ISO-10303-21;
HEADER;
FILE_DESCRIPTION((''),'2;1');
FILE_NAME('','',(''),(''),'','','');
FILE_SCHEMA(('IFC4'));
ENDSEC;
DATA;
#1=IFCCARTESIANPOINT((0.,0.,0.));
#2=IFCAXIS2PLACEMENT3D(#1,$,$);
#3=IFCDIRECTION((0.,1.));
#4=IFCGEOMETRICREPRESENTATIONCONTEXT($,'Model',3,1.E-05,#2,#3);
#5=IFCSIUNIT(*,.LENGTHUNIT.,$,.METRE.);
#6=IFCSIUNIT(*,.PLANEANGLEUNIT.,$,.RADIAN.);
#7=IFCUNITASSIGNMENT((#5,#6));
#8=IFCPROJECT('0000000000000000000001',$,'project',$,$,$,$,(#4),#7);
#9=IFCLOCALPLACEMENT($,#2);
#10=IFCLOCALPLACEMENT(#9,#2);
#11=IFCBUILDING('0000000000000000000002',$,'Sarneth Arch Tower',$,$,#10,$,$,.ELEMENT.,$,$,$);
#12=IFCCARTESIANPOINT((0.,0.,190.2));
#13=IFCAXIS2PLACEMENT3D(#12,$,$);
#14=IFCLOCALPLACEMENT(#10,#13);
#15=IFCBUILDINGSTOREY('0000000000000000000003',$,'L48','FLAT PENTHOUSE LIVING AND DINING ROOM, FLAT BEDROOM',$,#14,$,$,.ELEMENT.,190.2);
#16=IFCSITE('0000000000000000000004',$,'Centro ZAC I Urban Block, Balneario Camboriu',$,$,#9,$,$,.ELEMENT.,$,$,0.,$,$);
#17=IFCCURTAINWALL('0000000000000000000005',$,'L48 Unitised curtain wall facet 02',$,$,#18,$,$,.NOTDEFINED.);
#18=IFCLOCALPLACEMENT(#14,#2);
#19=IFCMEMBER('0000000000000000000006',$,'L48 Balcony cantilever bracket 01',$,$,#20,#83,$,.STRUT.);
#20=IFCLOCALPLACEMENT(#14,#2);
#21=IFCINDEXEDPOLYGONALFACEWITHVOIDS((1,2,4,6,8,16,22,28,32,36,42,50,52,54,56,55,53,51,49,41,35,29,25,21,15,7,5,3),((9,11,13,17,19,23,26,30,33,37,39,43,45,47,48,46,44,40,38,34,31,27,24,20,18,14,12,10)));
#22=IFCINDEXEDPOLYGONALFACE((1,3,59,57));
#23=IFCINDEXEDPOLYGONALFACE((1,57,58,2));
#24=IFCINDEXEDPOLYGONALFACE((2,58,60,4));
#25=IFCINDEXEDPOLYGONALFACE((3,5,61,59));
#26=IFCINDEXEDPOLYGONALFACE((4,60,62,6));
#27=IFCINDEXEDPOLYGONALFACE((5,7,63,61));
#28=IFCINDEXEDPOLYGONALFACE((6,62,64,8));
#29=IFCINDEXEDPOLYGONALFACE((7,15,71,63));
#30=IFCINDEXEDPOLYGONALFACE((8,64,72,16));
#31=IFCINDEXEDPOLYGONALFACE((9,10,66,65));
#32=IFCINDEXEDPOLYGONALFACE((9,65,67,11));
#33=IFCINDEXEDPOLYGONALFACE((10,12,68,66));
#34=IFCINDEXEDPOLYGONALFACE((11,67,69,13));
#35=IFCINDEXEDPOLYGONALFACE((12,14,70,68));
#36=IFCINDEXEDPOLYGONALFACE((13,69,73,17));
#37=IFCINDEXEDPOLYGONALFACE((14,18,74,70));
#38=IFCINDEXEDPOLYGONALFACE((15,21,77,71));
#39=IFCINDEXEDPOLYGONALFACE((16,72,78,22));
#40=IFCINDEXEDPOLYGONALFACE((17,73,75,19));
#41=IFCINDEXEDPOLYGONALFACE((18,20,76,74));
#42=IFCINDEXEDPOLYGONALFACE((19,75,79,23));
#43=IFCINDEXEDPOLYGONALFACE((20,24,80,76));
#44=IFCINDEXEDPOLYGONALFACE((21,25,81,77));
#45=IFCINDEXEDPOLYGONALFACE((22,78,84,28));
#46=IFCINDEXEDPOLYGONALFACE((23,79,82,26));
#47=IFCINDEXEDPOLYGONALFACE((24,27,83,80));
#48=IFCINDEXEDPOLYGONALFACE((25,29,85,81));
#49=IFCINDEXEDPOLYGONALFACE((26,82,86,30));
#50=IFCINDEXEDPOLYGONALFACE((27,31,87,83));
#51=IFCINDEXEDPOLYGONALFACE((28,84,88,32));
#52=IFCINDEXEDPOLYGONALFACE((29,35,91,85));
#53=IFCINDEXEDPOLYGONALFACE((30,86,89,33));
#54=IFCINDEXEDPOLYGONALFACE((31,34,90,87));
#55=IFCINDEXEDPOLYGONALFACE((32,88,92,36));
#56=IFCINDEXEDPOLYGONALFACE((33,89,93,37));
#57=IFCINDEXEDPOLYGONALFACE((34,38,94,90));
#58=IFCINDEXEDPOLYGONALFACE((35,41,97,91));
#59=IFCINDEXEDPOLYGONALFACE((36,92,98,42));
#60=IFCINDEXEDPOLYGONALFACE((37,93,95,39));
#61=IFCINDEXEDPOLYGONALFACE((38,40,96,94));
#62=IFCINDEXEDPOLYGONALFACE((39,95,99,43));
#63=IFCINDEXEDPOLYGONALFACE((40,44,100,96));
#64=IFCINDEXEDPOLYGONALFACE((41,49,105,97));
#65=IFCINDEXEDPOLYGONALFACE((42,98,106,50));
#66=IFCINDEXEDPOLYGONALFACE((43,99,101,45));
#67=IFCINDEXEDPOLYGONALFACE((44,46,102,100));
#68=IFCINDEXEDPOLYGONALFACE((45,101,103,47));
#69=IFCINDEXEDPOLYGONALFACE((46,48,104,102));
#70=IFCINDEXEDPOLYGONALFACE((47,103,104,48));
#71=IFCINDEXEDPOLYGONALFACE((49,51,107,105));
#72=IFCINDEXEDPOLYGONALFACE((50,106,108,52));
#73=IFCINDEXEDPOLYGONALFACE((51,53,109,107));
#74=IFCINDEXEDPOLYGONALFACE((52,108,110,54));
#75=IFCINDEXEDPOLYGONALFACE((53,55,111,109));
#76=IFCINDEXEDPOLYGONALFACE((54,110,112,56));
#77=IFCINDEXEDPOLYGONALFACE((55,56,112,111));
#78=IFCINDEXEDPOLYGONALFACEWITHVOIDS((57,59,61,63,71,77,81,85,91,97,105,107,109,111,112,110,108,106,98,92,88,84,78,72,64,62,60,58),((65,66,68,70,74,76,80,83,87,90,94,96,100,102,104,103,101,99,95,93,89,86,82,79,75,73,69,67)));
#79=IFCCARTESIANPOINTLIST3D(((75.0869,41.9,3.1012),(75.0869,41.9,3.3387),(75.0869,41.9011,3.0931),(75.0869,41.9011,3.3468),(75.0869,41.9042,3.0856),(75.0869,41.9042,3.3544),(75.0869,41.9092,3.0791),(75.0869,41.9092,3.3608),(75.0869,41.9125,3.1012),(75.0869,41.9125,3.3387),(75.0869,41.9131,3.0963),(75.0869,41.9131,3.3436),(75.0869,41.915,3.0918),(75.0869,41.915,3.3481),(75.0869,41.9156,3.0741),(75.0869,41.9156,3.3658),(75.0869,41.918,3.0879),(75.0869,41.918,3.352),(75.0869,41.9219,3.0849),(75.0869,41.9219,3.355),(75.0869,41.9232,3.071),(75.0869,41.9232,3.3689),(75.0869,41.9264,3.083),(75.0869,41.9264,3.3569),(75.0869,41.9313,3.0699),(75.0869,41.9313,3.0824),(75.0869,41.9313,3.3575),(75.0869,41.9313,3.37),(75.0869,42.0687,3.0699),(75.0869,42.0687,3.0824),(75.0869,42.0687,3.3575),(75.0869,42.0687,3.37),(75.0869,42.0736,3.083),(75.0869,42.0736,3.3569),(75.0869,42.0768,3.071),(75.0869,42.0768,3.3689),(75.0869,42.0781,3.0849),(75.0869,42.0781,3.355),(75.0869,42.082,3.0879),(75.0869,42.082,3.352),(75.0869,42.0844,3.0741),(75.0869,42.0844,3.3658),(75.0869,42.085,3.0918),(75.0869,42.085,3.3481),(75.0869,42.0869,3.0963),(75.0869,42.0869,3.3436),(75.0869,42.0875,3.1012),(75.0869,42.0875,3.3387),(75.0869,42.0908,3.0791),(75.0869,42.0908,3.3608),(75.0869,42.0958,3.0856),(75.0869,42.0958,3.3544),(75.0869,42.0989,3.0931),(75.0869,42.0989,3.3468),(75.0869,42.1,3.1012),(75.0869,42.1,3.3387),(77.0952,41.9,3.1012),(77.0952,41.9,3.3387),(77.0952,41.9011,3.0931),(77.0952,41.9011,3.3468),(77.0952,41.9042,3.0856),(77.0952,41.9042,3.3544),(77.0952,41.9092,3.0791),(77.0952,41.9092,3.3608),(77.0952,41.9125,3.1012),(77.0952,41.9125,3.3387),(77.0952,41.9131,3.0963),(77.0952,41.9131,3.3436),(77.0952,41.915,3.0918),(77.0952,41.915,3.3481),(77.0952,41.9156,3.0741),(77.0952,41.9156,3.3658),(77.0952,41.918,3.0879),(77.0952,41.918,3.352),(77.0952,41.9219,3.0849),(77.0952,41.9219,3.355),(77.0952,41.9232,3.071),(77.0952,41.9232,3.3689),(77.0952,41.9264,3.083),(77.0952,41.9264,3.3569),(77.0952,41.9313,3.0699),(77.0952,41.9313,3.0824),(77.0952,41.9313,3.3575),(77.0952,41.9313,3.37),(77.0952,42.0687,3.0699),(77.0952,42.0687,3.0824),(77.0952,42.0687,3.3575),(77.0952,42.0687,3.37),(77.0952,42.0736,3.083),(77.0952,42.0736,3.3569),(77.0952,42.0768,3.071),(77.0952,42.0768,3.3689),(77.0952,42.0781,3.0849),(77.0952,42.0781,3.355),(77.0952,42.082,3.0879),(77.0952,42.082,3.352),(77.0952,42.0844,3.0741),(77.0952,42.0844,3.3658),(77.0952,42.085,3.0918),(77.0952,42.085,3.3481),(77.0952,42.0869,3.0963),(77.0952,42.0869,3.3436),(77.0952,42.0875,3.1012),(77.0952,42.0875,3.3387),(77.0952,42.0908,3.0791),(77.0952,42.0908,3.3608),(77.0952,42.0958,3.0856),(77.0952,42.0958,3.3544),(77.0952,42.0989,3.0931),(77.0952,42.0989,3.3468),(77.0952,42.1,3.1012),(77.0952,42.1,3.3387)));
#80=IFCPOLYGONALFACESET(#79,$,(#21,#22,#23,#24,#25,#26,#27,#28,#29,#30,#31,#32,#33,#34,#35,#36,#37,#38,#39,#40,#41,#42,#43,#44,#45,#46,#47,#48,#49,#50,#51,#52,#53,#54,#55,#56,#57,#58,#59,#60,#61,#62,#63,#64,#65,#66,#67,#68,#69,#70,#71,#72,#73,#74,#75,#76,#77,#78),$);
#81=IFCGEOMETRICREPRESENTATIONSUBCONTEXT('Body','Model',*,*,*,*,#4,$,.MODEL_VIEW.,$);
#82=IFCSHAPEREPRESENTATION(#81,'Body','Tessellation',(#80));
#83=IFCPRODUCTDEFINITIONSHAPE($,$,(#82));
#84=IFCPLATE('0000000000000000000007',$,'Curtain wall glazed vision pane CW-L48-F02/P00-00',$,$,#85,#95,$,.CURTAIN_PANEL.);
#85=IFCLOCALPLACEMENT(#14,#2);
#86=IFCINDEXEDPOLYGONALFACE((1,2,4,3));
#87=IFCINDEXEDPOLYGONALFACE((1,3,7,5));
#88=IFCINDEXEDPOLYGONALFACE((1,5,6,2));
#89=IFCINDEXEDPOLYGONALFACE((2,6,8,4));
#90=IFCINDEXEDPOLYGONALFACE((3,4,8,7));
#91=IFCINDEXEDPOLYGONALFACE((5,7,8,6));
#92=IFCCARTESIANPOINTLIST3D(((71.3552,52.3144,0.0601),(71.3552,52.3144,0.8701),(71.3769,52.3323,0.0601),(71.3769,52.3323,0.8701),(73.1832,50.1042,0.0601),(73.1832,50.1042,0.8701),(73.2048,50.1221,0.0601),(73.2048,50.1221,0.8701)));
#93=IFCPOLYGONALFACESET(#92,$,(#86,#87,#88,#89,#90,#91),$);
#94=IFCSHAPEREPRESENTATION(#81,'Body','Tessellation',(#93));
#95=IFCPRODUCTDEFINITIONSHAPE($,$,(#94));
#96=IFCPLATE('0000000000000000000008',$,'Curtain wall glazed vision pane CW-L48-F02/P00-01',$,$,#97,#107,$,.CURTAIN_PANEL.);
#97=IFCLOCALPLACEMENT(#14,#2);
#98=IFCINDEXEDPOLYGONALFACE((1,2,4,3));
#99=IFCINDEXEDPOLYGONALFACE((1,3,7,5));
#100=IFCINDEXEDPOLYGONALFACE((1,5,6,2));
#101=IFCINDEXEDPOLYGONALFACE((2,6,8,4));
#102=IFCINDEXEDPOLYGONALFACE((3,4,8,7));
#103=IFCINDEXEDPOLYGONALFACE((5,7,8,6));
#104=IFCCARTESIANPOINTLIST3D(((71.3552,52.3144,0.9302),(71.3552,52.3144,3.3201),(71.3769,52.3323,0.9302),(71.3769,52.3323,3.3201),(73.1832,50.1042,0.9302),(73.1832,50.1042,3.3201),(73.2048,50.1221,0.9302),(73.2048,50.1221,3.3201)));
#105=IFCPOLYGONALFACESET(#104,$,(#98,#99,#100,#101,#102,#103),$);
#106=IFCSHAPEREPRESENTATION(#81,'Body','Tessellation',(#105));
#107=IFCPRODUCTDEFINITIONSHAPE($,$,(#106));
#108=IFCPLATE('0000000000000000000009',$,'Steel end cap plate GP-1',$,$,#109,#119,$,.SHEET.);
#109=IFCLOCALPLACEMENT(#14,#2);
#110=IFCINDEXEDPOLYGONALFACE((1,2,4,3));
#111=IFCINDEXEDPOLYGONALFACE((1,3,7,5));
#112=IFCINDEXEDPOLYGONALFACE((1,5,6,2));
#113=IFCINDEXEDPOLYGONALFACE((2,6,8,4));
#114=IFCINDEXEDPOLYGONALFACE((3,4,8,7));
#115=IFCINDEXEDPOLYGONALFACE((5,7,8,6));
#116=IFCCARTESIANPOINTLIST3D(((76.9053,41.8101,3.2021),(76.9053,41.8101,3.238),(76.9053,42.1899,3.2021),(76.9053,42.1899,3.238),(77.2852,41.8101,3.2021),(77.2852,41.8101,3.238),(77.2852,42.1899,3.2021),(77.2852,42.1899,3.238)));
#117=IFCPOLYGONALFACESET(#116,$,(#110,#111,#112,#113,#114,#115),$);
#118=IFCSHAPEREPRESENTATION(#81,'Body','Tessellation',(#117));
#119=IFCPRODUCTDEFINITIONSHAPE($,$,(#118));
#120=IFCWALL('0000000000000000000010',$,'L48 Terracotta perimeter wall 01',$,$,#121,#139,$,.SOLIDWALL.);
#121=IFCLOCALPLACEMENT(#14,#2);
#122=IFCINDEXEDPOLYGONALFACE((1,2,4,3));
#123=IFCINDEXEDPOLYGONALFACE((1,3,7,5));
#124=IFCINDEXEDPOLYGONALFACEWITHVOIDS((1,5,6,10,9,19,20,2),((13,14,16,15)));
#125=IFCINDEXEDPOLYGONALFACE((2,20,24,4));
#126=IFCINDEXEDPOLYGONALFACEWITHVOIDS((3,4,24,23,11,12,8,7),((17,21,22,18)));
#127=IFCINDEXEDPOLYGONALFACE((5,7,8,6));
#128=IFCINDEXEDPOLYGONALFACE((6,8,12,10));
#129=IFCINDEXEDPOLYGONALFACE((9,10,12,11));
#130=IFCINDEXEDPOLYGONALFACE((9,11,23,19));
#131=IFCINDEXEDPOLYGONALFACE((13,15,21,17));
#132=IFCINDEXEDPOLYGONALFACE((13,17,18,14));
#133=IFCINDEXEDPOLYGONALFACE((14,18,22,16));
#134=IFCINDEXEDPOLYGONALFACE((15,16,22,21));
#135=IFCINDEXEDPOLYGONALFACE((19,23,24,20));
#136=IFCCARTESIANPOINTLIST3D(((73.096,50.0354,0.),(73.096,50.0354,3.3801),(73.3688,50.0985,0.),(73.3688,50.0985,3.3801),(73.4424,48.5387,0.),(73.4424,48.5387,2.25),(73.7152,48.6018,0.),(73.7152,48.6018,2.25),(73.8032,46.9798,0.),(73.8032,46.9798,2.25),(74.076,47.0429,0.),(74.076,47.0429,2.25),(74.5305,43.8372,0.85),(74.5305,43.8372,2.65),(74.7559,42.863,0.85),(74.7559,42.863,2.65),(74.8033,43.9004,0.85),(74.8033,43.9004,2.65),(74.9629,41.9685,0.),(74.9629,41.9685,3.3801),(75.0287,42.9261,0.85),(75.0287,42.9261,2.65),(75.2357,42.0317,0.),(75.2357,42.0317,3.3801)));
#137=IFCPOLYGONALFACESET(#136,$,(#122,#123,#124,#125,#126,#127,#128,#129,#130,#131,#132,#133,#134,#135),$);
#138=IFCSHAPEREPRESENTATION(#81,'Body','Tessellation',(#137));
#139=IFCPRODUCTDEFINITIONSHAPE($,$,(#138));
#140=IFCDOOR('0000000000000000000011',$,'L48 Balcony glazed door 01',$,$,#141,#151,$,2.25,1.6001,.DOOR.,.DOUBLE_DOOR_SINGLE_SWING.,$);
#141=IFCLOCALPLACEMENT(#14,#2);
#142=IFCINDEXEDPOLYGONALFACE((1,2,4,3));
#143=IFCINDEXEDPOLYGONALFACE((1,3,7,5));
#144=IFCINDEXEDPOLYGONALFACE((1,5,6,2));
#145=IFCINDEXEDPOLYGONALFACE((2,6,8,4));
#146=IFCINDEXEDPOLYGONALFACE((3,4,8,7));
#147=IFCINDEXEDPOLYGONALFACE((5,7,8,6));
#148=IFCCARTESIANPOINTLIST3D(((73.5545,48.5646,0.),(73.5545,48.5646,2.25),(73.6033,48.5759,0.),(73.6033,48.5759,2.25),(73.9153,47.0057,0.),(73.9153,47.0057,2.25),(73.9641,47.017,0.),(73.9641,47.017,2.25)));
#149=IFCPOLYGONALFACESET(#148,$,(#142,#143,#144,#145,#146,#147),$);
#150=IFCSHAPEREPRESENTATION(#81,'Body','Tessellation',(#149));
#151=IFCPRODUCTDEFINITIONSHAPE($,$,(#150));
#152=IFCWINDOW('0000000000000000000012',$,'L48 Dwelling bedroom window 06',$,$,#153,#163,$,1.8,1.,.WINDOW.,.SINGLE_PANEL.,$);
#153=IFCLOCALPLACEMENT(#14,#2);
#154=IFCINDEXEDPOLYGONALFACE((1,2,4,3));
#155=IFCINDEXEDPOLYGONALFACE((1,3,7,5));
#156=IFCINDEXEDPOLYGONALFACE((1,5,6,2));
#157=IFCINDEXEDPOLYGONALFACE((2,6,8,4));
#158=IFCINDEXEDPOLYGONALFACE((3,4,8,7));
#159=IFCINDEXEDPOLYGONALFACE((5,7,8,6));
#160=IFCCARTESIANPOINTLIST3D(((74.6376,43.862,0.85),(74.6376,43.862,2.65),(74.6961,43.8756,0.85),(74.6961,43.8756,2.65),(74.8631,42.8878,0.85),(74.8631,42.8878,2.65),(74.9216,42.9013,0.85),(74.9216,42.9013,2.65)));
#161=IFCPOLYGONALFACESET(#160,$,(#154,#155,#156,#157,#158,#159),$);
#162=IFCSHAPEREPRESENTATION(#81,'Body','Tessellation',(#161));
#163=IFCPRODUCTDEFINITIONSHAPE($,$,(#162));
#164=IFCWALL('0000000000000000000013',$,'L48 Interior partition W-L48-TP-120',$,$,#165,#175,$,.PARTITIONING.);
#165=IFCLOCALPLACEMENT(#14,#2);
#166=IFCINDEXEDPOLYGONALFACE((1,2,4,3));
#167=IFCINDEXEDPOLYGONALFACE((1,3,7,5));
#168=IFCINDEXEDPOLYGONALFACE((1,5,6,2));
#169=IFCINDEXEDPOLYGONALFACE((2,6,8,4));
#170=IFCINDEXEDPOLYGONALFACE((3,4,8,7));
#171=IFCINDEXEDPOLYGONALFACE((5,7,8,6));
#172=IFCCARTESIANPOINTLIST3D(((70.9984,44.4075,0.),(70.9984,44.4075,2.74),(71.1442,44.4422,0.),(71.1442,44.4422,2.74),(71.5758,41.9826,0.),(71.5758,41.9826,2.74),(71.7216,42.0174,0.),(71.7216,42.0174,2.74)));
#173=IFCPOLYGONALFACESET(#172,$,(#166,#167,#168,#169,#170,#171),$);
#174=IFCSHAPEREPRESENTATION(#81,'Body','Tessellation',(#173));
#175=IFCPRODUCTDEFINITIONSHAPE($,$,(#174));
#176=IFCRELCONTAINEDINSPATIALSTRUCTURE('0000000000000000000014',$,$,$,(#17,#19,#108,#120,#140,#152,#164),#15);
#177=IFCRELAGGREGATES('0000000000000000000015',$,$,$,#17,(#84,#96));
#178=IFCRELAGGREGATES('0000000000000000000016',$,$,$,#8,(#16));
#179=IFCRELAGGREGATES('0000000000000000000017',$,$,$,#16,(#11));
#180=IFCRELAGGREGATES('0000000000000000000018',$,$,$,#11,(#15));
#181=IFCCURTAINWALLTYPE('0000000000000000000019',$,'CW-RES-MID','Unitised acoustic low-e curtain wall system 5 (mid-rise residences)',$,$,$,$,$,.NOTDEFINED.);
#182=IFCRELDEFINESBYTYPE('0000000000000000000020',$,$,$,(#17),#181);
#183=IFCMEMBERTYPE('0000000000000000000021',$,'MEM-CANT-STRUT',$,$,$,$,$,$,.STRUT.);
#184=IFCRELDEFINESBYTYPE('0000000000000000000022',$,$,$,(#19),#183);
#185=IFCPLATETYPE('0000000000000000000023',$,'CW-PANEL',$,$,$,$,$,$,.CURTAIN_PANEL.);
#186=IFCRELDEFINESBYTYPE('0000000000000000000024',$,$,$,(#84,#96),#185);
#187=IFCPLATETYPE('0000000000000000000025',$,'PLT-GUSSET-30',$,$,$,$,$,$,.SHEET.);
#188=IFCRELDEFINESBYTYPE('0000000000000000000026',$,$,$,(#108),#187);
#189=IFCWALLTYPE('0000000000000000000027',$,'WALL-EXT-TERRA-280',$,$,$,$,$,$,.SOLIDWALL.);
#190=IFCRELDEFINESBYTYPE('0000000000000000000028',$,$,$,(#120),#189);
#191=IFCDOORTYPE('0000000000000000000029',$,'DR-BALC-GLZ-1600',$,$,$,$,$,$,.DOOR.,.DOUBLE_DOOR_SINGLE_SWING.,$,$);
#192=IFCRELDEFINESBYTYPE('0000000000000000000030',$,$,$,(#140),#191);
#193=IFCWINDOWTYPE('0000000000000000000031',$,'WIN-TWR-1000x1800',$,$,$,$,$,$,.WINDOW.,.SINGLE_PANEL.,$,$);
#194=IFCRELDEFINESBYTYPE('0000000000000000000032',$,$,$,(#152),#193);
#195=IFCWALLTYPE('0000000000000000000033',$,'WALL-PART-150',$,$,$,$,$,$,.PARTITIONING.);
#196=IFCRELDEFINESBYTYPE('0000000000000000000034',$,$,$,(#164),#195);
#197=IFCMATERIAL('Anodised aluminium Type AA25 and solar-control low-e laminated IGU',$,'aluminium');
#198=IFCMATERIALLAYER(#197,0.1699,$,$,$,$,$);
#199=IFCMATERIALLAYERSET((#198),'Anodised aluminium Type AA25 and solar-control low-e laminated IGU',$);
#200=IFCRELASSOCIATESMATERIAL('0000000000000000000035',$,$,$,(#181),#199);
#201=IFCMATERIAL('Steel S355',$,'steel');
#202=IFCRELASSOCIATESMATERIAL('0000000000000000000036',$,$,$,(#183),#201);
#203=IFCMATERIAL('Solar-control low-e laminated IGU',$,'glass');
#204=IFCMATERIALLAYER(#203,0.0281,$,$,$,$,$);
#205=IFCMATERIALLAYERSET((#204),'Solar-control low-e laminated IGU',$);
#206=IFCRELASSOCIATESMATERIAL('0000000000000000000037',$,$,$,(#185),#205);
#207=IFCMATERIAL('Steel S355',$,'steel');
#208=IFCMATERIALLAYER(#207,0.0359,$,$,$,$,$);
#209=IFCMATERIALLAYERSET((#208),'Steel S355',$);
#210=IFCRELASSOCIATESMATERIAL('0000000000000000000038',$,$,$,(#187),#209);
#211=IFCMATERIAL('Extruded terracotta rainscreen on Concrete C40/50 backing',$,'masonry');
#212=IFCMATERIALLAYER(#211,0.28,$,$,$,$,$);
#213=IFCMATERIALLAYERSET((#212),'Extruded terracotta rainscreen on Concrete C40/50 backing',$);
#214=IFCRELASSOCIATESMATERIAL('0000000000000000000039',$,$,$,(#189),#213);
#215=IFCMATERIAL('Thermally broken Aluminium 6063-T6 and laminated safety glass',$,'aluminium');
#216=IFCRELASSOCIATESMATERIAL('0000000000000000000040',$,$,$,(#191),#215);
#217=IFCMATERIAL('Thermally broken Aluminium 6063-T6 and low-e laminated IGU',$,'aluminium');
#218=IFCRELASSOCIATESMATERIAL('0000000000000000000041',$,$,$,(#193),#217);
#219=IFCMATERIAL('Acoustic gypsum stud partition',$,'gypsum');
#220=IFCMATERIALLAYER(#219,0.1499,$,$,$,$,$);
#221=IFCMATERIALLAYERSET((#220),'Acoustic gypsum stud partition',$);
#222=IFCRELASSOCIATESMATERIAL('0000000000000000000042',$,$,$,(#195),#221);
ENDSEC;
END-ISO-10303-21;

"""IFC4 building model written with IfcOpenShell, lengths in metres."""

from ifc_helpers import new_model, si_unit, direction, frame, frame_2d, origin, origin_2d, place, context, subcontext, project, spatial, rectangle, hollow_rectangle, extrude, material, layer, layer_set, material_profile, profile_set, type_object, element, fill, aggregate, save


model = new_model("IFC4")

# Units and contexts
model_context = context("Model", 3, precision=1e-05, world=origin(), true_north=direction((0.0, 1.0)))
body_context = subcontext(model_context, "Body", "Model", "MODEL_VIEW")
ifc_project = project(units=[si_unit("LENGTHUNIT", "METRE"), si_unit("PLANEANGLEUNIT", "RADIAN")], contexts=[model_context])

# Site, building, storey
site_placement = place(None, origin())
site = spatial("IfcSite", under=ifc_project, at=site_placement, Name="Centro ZAC I Urban Block, Balneario Camboriu", CompositionType="ELEMENT", RefElevation=0.0)
building_placement = place(site_placement, origin())
building = spatial("IfcBuilding", under=site, at=building_placement, Name="Sarneth Arch Tower", CompositionType="ELEMENT")
storey_placement = place(building_placement, frame((0.0, 0.0, 190.2)))
storey = spatial("IfcBuildingStorey", under=building, at=storey_placement, Name="L48", Description="FLAT PENTHOUSE LIVING AND DINING ROOM, FLAT BEDROOM", CompositionType="ELEMENT", Elevation=190.2)

# Curtain wall
ifc_material_1 = material(Name="Anodised aluminium Type AA25 and solar-control low-e laminated IGU", Category="aluminium")
ifc_layer_1 = layer(ifc_material_1, 0.1699)
ifc_layer_set_1 = layer_set([ifc_layer_1], Name="Anodised aluminium Type AA25 and solar-control low-e laminated IGU")
curtain_wall_type = type_object("IfcCurtainWallType", Name="CW-RES-MID", Description="Unitised acoustic low-e curtain wall system 5 (mid-rise residences)", PredefinedType="NOTDEFINED", material=ifc_layer_set_1)
curtain_wall_placement = place(storey_placement, origin())
curtain_wall = element("IfcCurtainWall", 1, at=curtain_wall_placement, inside=storey, type_object=curtain_wall_type, Name="L48 Unitised curtain wall facet 02", PredefinedType="NOTDEFINED")

# Member
ifc_material_2 = material(Name="Steel S355", Category="steel")
ifc_material_profile_1 = material_profile(ifc_material_2, hollow_rectangle(XDim=0.2, YDim=0.3, WallThickness=0.0125, InnerFilletRadius=0.0188, OuterFilletRadius=0.0312, at=origin_2d()), Name="RHS300x200x12.5")
ifc_profile_set_1 = profile_set([ifc_material_profile_1], Name="Steel S355")
member_type_1 = type_object("IfcMemberType", Name="MEM-CANT-STRUT", PredefinedType="STRUT", material=ifc_profile_set_1)
member_1_placement = place(storey_placement, frame((75.0869, 42.0, 3.22), z_axis=(1.0, 0.0, 0.0), x_axis=(0.0, 1.0, 0.0)))
element("IfcMember", 2, at=member_1_placement, inside=storey, type_object=member_type_1, Name="L48 Balcony cantilever bracket 01", PredefinedType="STRUT", context=body_context, shape_type="SweptSolid", body=[
    extrude(hollow_rectangle(XDim=0.2, YDim=0.3, WallThickness=0.0125, InnerFilletRadius=0.0188, OuterFilletRadius=0.0312, at=origin_2d()), origin(), (0.0, 0.0, 1.0), 2.0083),
])

# Plates
ifc_material_3 = material(Name="Solar-control low-e laminated IGU", Category="glass")
ifc_layer_2 = layer(ifc_material_3, 0.0281)
ifc_layer_set_2 = layer_set([ifc_layer_2], Name="Solar-control low-e laminated IGU")
plate_type_1 = type_object("IfcPlateType", Name="CW-PANEL", PredefinedType="CURTAIN_PANEL", material=ifc_layer_set_2)
plate_1_placement = place(storey_placement, frame((72.28, 51.2183, 0.0601), z_axis=(0.0, 0.0, 1.0), x_axis=(-0.63733, 0.770591, 0.0)))
plate_1 = element("IfcPlate", 3, at=plate_1_placement, type_object=plate_type_1, Name="Curtain wall glazed vision pane CW-L48-F02/P00-00", PredefinedType="CURTAIN_PANEL", context=body_context, shape_type="SweptSolid", body=[
    extrude(rectangle(XDim=2.8682, YDim=0.0281, at=origin_2d()), origin(), (0.0, 0.0, 1.0), 0.8101),
])
plate_2_placement = place(storey_placement, frame((72.28, 51.2183, 0.9302), z_axis=(0.0, 0.0, 1.0), x_axis=(-0.63733, 0.770591, 0.0)))
plate_2 = element("IfcPlate", 4, at=plate_2_placement, type_object=plate_type_1, Name="Curtain wall glazed vision pane CW-L48-F02/P00-01", PredefinedType="CURTAIN_PANEL", context=body_context, shape_type="SweptSolid", body=[
    extrude(rectangle(XDim=2.8682, YDim=0.0281, at=origin_2d()), origin(), (0.0, 0.0, 1.0), 2.3899),
])
aggregate(curtain_wall, [plate_1, plate_2])
ifc_material_4 = material(Name="Steel S355", Category="steel")
ifc_layer_3 = layer(ifc_material_4, 0.0359)
ifc_layer_set_3 = layer_set([ifc_layer_3], Name="Steel S355")
plate_type_2 = type_object("IfcPlateType", Name="PLT-GUSSET-30", PredefinedType="SHEET", material=ifc_layer_set_3)
plate_3_placement = place(storey_placement, frame((77.0952, 42.0, 3.2021), z_axis=(0.0, 0.0, 1.0), x_axis=(1.0, 0.0, 0.0)))
element("IfcPlate", 5, at=plate_3_placement, inside=storey, type_object=plate_type_2, Name="Steel end cap plate GP-1", PredefinedType="SHEET", context=body_context, shape_type="SweptSolid", body=[
    extrude(rectangle(XDim=0.3799, YDim=0.3799, at=origin_2d()), origin(), (0.0, 0.0, 1.0), 0.0359),
])

# Wall, openings, door, window
ifc_material_5 = material(Name="Extruded terracotta rainscreen on Concrete C40/50 backing", Category="masonry")
ifc_layer_4 = layer(ifc_material_5, 0.28)
ifc_layer_set_4 = layer_set([ifc_layer_4], Name="Extruded terracotta rainscreen on Concrete C40/50 backing")
wall_type_1 = type_object("IfcWallType", Name="WALL-EXT-TERRA-280", PredefinedType="SOLIDWALL", material=ifc_layer_set_4)
wall_1_placement = place(storey_placement, frame((75.0994, 42.0, 0.0), z_axis=(0.0, 0.0, 1.0), x_axis=(-0.225473, 0.974249, 0.0)))
wall_1 = element("IfcWall", 6, at=wall_1_placement, inside=storey, type_object=wall_type_1, Name="L48 Terracotta perimeter wall 01", PredefinedType="SOLIDWALL", context=body_context, shape_type="SweptSolid", body=[
    extrude(rectangle(XDim=8.28, YDim=0.28, at=frame_2d((4.1401, 0.0))), origin(), (0.0, 0.0, 1.0), 3.3801),
])
opening_1_placement = place(wall_1_placement, frame((5.1438, 0.0, 0.0)))
opening_1 = element("IfcOpeningElement", 7, at=opening_1_placement, cuts=wall_1, PredefinedType="OPENING", context=body_context, shape_type="SweptSolid", body=[
    extrude(rectangle(XDim=1.6001, YDim=2.25, at=frame_2d((0.8, 1.125))), frame((0.0, 0.1499, 0.0), z_axis=(0.0, -1.0, 0.0), x_axis=(1.0, 0.0, 0.0)), (0.0, 0.0, 1.0), 0.3),
])
opening_2_placement = place(wall_1_placement, frame((0.9182, 0.0, 0.8501)))
opening_2 = element("IfcOpeningElement", 8, at=opening_2_placement, cuts=wall_1, PredefinedType="OPENING", context=body_context, shape_type="SweptSolid", body=[
    extrude(rectangle(XDim=1.0, YDim=1.8, at=frame_2d((0.5, 0.8999))), frame((0.0, 0.1499, 0.0), z_axis=(0.0, -1.0, 0.0), x_axis=(1.0, 0.0, 0.0)), (0.0, 0.0, 1.0), 0.3),
])
ifc_material_6 = material(Name="Thermally broken Aluminium 6063-T6 and laminated safety glass", Category="aluminium")
door_type_1 = type_object("IfcDoorType", Name="DR-BALC-GLZ-1600", OperationType="DOUBLE_DOOR_SINGLE_SWING", PredefinedType="DOOR", material=ifc_material_6)
door_1_placement = place(opening_1_placement, origin())
door_1 = element("IfcDoor", 9, at=door_1_placement, inside=storey, type_object=door_type_1, Name="L48 Balcony glazed door 01", OperationType="DOUBLE_DOOR_SINGLE_SWING", OverallHeight=2.25, OverallWidth=1.6001, PredefinedType="DOOR", context=body_context, shape_type="SweptSolid", body=[
    extrude(rectangle(XDim=1.6001, YDim=2.25, at=frame_2d((0.8, 1.125))), frame((0.0, 0.0249, 0.0), z_axis=(0.0, -1.0, 0.0), x_axis=(1.0, 0.0, 0.0)), (0.0, 0.0, 1.0), 0.05),
])
fill(opening_1, door_1)
ifc_material_7 = material(Name="Thermally broken Aluminium 6063-T6 and low-e laminated IGU", Category="aluminium")
window_type = type_object("IfcWindowType", Name="WIN-TWR-1000x1800", PartitioningType="SINGLE_PANEL", PredefinedType="WINDOW", material=ifc_material_7)
window_placement = place(opening_2_placement, origin())
window = element("IfcWindow", 10, at=window_placement, inside=storey, type_object=window_type, Name="L48 Dwelling bedroom window 06", OverallHeight=1.8, OverallWidth=1.0, PartitioningType="SINGLE_PANEL", PredefinedType="WINDOW", context=body_context, shape_type="SweptSolid", body=[
    extrude(rectangle(XDim=1.0, YDim=1.8, at=frame_2d((0.5, 0.8999))), frame((0.0, 0.03, 0.0), z_axis=(0.0, -1.0, 0.0), x_axis=(1.0, 0.0, 0.0)), (0.0, 0.0, 1.0), 0.0601),
])
fill(opening_2, window)

# Wall
ifc_material_8 = material(Name="Acoustic gypsum stud partition", Category="gypsum")
ifc_layer_5 = layer(ifc_material_8, 0.1499)
ifc_layer_set_5 = layer_set([ifc_layer_5], Name="Acoustic gypsum stud partition")
wall_type_2 = type_object("IfcWallType", Name="WALL-PART-150", PredefinedType="PARTITIONING", material=ifc_layer_set_5)
wall_2_placement = place(storey_placement, frame((71.6487, 42.0, 0.0), z_axis=(0.0, 0.0, 1.0), x_axis=(-0.231643, 0.972801, 0.0)))
element("IfcWall", 11, at=wall_2_placement, inside=storey, type_object=wall_type_2, Name="L48 Interior partition W-L48-TP-120", PredefinedType="PARTITIONING", context=body_context, shape_type="SweptSolid", body=[
    extrude(rectangle(XDim=2.4927, YDim=0.1499, at=frame_2d((1.2463, 0.0))), origin(), (0.0, 0.0, 1.0), 2.74),
])

save(model, "model.ifc")
